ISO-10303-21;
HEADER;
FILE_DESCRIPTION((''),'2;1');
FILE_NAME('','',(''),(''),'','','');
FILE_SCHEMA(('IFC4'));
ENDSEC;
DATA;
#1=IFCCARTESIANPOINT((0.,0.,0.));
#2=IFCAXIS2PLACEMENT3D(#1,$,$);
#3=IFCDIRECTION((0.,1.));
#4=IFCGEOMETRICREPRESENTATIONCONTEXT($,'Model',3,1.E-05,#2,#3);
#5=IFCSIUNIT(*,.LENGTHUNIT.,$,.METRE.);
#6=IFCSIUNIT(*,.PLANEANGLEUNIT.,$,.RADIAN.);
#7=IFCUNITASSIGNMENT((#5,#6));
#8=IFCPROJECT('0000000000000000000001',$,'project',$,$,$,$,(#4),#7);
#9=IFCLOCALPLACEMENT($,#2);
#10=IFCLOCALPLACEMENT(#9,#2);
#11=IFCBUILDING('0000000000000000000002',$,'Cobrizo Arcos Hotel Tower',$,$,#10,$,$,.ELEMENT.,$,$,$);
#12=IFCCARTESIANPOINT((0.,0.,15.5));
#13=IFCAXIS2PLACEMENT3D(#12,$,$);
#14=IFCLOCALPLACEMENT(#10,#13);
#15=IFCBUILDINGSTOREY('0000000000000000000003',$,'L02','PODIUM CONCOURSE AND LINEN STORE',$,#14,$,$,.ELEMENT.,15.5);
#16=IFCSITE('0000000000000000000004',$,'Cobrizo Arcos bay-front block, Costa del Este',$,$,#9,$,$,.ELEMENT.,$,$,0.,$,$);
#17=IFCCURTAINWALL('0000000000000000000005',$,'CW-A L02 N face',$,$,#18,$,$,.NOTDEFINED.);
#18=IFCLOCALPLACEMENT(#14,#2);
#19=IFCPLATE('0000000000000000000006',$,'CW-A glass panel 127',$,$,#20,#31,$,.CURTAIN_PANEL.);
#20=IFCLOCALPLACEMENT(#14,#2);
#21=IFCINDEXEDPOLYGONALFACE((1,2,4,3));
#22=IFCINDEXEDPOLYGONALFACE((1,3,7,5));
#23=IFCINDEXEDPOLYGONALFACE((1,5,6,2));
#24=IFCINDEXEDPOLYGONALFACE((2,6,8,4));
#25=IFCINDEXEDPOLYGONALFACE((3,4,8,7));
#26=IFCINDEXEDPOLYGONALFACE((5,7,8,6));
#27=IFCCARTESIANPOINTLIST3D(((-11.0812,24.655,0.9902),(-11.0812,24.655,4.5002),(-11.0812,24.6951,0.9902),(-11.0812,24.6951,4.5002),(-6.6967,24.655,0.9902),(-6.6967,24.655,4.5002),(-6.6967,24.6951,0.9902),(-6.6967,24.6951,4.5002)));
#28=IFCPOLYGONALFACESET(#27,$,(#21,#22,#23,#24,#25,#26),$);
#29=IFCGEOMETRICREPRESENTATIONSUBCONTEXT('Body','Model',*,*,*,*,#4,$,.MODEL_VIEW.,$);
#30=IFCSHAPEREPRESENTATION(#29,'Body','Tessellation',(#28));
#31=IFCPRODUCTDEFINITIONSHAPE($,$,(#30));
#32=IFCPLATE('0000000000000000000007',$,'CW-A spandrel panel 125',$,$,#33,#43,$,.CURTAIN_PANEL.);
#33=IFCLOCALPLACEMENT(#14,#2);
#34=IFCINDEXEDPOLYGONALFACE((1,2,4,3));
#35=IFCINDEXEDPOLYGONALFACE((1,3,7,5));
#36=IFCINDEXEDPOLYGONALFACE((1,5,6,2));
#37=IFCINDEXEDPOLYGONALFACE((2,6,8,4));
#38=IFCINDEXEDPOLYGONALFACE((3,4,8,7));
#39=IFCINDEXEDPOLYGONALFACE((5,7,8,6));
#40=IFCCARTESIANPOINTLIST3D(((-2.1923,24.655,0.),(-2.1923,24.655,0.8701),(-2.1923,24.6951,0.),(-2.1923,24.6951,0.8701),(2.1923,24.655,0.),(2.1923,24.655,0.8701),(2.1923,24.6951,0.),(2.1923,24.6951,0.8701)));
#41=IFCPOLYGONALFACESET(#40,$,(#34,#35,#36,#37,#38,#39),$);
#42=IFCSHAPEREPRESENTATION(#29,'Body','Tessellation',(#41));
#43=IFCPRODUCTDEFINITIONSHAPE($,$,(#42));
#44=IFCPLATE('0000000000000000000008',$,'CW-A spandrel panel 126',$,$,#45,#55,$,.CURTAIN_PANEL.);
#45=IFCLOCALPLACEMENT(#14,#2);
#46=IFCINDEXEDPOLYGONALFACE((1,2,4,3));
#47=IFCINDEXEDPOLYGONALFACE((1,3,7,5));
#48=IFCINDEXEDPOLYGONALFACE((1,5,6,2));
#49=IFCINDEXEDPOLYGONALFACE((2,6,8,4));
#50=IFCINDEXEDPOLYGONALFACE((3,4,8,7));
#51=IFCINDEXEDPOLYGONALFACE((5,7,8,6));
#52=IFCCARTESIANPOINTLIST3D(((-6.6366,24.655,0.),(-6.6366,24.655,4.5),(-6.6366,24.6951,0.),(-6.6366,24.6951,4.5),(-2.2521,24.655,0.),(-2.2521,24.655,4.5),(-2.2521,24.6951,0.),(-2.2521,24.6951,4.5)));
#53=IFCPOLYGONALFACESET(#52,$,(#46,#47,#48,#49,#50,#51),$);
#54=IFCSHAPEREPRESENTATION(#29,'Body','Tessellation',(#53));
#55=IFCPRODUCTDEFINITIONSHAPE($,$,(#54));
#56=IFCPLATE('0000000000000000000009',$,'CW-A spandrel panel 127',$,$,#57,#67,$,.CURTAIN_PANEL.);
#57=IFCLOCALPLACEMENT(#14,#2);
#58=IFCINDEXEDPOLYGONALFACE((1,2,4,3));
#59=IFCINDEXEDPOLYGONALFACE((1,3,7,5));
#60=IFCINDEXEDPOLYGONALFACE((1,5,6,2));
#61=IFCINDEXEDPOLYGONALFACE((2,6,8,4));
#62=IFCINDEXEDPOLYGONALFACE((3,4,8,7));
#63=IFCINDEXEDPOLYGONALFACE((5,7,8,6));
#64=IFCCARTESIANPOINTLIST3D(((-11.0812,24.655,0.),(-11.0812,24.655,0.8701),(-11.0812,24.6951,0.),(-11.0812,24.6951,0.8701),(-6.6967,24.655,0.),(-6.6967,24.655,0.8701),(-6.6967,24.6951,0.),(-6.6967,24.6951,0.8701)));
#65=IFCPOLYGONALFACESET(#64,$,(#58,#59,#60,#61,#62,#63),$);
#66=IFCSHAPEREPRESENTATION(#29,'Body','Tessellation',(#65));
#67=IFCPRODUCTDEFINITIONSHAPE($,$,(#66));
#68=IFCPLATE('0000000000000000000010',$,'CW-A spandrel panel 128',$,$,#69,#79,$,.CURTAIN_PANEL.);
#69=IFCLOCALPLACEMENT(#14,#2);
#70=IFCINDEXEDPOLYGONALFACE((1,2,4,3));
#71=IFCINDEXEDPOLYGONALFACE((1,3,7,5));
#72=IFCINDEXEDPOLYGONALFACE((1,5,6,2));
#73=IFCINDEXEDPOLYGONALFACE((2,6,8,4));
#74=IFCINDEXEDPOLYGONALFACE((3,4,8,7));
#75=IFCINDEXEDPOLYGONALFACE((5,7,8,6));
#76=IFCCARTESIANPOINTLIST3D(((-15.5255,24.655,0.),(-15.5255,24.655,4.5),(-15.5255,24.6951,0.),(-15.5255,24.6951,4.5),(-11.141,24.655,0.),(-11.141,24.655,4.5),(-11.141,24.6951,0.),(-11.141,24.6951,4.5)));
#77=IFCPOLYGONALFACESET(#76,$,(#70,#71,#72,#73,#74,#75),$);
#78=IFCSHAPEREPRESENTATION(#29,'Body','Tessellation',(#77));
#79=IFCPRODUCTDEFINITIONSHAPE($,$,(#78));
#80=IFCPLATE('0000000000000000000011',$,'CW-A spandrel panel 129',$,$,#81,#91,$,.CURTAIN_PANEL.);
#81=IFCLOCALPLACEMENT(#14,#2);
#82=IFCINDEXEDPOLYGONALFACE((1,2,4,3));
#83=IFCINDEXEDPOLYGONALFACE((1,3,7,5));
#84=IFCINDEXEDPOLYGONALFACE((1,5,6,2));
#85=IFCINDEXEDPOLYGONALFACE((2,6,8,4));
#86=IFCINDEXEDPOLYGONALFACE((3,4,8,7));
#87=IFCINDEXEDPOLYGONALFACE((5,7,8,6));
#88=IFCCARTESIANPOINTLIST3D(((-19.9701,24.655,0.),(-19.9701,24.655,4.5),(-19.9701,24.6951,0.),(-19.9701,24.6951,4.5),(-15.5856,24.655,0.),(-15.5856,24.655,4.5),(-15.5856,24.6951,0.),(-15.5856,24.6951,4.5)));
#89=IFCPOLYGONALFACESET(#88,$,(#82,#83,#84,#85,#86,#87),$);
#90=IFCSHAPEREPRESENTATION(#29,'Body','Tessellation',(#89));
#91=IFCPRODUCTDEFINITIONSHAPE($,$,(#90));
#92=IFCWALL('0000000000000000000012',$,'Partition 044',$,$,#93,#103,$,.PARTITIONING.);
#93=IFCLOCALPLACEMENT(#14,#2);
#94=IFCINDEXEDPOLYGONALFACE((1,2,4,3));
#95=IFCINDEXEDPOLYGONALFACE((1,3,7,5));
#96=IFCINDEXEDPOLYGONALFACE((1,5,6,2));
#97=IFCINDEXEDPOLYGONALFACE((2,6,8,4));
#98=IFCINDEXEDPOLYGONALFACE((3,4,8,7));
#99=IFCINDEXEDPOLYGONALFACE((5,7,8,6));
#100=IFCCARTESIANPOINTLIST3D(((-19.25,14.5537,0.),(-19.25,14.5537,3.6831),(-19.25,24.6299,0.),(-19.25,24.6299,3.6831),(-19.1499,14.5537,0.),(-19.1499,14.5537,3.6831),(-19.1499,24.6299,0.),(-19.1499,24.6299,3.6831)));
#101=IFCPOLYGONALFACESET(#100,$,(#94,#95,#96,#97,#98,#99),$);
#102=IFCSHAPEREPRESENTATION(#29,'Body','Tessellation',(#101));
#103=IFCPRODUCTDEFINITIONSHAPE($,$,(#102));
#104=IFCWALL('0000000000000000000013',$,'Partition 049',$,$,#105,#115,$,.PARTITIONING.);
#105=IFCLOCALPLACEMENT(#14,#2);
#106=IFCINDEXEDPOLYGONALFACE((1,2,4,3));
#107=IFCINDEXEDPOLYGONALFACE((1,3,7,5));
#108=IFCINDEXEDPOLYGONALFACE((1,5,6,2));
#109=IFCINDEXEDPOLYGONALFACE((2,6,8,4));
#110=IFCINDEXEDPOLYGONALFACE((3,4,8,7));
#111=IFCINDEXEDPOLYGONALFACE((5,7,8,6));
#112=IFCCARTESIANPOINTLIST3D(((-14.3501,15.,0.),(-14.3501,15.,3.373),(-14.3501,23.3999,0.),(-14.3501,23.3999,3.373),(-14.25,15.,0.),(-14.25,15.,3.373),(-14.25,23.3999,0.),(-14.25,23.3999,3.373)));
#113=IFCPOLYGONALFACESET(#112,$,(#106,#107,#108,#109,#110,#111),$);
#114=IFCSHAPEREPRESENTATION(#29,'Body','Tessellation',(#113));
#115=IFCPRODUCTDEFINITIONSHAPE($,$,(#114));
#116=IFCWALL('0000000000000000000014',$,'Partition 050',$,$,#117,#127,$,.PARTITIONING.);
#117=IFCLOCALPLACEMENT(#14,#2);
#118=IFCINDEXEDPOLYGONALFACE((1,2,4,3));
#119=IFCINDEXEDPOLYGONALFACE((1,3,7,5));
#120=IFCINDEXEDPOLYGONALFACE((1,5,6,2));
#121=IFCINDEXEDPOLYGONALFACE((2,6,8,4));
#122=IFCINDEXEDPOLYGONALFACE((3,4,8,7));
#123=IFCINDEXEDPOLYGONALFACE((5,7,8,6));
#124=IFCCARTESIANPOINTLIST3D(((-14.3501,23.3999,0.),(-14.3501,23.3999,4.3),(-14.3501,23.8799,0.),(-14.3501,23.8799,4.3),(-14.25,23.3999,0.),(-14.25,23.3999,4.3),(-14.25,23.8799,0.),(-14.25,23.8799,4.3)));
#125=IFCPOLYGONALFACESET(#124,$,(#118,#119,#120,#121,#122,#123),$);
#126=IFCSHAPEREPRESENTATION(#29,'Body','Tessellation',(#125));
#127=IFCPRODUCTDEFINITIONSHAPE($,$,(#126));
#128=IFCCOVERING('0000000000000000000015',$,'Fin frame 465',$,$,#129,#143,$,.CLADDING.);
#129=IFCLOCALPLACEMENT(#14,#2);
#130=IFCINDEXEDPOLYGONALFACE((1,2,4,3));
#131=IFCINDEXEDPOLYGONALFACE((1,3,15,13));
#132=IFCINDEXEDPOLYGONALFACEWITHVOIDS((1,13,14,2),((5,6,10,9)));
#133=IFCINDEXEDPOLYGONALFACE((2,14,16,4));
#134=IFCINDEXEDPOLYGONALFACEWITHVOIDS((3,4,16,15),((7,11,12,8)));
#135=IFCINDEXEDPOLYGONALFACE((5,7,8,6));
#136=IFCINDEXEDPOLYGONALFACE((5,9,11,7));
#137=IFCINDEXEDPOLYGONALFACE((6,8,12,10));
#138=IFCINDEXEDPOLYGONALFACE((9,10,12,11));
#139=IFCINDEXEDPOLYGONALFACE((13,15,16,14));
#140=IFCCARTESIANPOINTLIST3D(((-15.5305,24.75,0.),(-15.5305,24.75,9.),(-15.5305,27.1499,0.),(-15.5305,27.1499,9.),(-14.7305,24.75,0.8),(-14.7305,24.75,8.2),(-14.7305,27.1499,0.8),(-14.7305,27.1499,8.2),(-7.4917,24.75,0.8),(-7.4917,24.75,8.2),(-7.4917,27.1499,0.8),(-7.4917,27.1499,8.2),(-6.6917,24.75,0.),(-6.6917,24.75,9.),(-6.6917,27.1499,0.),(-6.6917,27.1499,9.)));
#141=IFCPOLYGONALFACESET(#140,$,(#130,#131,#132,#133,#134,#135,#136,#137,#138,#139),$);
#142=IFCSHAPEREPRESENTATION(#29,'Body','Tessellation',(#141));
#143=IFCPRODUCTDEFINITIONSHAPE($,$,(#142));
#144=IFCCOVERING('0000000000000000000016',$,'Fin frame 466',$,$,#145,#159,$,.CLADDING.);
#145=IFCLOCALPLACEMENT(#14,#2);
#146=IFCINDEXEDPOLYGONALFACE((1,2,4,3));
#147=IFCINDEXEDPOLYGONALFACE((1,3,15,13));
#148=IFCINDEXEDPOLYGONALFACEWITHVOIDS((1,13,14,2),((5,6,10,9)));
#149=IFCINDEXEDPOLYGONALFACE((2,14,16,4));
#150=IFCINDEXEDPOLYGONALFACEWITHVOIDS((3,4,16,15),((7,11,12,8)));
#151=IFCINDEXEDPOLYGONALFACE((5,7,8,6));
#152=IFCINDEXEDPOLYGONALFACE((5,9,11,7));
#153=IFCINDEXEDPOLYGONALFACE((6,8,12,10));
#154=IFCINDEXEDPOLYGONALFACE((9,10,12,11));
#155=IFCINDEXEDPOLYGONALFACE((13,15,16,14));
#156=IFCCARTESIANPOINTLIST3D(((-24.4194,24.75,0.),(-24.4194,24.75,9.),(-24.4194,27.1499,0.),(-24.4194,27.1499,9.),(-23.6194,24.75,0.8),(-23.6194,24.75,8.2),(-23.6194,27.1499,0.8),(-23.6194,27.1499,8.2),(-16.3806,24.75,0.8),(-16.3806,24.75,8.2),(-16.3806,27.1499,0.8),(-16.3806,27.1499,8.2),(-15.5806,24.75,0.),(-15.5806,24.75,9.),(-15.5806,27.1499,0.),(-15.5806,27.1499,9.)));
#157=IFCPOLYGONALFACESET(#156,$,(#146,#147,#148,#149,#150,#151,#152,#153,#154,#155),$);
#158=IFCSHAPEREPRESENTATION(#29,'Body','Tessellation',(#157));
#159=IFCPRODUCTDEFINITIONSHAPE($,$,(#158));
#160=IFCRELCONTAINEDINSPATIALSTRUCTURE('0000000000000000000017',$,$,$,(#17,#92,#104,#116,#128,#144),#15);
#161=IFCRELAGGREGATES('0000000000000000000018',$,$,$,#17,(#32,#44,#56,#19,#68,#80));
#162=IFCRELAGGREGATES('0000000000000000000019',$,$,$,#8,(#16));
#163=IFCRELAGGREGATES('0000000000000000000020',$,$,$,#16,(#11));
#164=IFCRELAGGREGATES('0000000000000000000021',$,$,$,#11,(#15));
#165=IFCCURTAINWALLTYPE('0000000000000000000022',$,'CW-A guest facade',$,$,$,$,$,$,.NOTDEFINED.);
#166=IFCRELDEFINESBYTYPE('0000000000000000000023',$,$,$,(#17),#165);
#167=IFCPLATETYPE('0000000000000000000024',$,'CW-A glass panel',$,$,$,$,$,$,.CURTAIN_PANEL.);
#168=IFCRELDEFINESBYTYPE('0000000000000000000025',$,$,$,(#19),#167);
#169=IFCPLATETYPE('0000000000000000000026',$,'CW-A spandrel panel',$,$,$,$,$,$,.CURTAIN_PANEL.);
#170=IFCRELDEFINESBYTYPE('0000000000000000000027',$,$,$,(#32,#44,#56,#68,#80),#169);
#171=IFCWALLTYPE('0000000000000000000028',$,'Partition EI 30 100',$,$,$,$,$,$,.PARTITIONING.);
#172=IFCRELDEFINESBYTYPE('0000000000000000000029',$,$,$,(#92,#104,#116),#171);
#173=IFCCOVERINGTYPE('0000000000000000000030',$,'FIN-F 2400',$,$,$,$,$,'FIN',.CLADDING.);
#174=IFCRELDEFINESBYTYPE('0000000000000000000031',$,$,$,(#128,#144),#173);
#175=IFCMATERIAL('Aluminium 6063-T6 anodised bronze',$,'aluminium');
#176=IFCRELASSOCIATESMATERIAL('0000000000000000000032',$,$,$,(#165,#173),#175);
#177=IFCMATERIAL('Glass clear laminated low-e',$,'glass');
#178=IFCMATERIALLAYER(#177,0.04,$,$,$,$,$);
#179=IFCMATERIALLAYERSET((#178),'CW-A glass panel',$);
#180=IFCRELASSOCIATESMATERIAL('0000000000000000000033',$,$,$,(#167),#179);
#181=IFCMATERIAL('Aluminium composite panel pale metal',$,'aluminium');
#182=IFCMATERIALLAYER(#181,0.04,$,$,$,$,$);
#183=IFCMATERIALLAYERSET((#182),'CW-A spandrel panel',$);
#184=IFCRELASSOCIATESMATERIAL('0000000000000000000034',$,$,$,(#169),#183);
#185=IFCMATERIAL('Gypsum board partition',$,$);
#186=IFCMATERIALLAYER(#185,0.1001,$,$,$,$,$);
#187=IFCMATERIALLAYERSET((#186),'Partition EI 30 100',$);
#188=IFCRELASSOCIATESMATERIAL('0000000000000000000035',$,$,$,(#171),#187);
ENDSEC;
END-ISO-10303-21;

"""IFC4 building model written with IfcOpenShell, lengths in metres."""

from ifc_helpers import new_model, si_unit, direction, frame, frame_2d, origin, origin_2d, place, context, subcontext, project, spatial, polyline, rectangle, outline, extrude, material, layer, layer_set, type_object, element, aggregate, save


model = new_model("IFC4")

# Units and contexts
model_context = context("Model", 3, precision=1e-05, world=origin(), true_north=direction((0.0, 1.0)))
body_context = subcontext(model_context, "Body", "Model", "MODEL_VIEW")
ifc_project = project(units=[si_unit("LENGTHUNIT", "METRE"), si_unit("PLANEANGLEUNIT", "RADIAN")], contexts=[model_context])

# Site, building, storey
site_placement = place(None, origin())
site = spatial("IfcSite", under=ifc_project, at=site_placement, Name="Cobrizo Arcos bay-front block, Costa del Este", CompositionType="ELEMENT", RefElevation=0.0)
building_placement = place(site_placement, origin())
building = spatial("IfcBuilding", under=site, at=building_placement, Name="Cobrizo Arcos Hotel Tower", CompositionType="ELEMENT")
storey_placement = place(building_placement, frame((0.0, 0.0, 15.5)))
storey = spatial("IfcBuildingStorey", under=building, at=storey_placement, Name="L02", Description="PODIUM CONCOURSE AND LINEN STORE", CompositionType="ELEMENT", Elevation=15.5)

# Curtain wall
ifc_material_1 = material(Name="Aluminium 6063-T6 anodised bronze", Category="aluminium")
curtain_wall_type = type_object("IfcCurtainWallType", Name="CW-A guest facade", PredefinedType="NOTDEFINED", material=ifc_material_1)
curtain_wall_placement = place(storey_placement, origin())
curtain_wall = element("IfcCurtainWall", 1, at=curtain_wall_placement, inside=storey, type_object=curtain_wall_type, Name="CW-A L02 N face", PredefinedType="NOTDEFINED")

# Plates
ifc_material_2 = material(Name="Glass clear laminated low-e", Category="glass")
ifc_layer_1 = layer(ifc_material_2, 0.04)
ifc_layer_set_1 = layer_set([ifc_layer_1], Name="CW-A glass panel")
plate_type_1 = type_object("IfcPlateType", Name="CW-A glass panel", PredefinedType="CURTAIN_PANEL", material=ifc_layer_set_1)
plate_1_placement = place(storey_placement, frame((-8.8889, 24.675, 0.9902), z_axis=(0.0, 0.0, 1.0), x_axis=(-1.0, 0.0, 0.0)))
plate_1 = element("IfcPlate", 2, at=plate_1_placement, type_object=plate_type_1, Name="CW-A glass panel 127", PredefinedType="CURTAIN_PANEL", context=body_context, shape_type="SweptSolid", body=[
    extrude(rectangle(XDim=4.3845, YDim=0.04, at=origin_2d()), origin(), (0.0, 0.0, 1.0), 3.51),
])
ifc_material_3 = material(Name="Aluminium composite panel pale metal", Category="aluminium")
ifc_layer_2 = layer(ifc_material_3, 0.04)
ifc_layer_set_2 = layer_set([ifc_layer_2], Name="CW-A spandrel panel")
plate_type_2 = type_object("IfcPlateType", Name="CW-A spandrel panel", PredefinedType="CURTAIN_PANEL", material=ifc_layer_set_2)
plate_2_placement = place(storey_placement, frame((0.0, 24.675, 0.0), z_axis=(0.0, 0.0, 1.0), x_axis=(-1.0, 0.0, 0.0)))
plate_2 = element("IfcPlate", 3, at=plate_2_placement, type_object=plate_type_2, Name="CW-A spandrel panel 125", PredefinedType="CURTAIN_PANEL", context=body_context, shape_type="SweptSolid", body=[
    extrude(rectangle(XDim=4.3845, YDim=0.04, at=origin_2d()), origin(), (0.0, 0.0, 1.0), 0.8701),
])
plate_3_placement = place(storey_placement, frame((-4.4443, 24.675, 0.0), z_axis=(0.0, 0.0, 1.0), x_axis=(-1.0, 0.0, 0.0)))
plate_3 = element("IfcPlate", 4, at=plate_3_placement, type_object=plate_type_2, Name="CW-A spandrel panel 126", PredefinedType="CURTAIN_PANEL", context=body_context, shape_type="SweptSolid", body=[
    extrude(rectangle(XDim=4.3845, YDim=0.04, at=origin_2d()), origin(), (0.0, 0.0, 1.0), 4.5),
])
plate_4_placement = place(storey_placement, frame((-8.8889, 24.675, 0.0), z_axis=(0.0, 0.0, 1.0), x_axis=(-1.0, 0.0, 0.0)))
plate_4 = element("IfcPlate", 5, at=plate_4_placement, type_object=plate_type_2, Name="CW-A spandrel panel 127", PredefinedType="CURTAIN_PANEL", context=body_context, shape_type="SweptSolid", body=[
    extrude(rectangle(XDim=4.3845, YDim=0.04, at=origin_2d()), origin(), (0.0, 0.0, 1.0), 0.8701),
])
plate_5_placement = place(storey_placement, frame((-13.3333, 24.675, 0.0), z_axis=(0.0, 0.0, 1.0), x_axis=(-1.0, 0.0, 0.0)))
plate_5 = element("IfcPlate", 6, at=plate_5_placement, type_object=plate_type_2, Name="CW-A spandrel panel 128", PredefinedType="CURTAIN_PANEL", context=body_context, shape_type="SweptSolid", body=[
    extrude(rectangle(XDim=4.3845, YDim=0.04, at=origin_2d()), origin(), (0.0, 0.0, 1.0), 4.5),
])
plate_6_placement = place(storey_placement, frame((-17.7778, 24.675, 0.0), z_axis=(0.0, 0.0, 1.0), x_axis=(-1.0, 0.0, 0.0)))
plate_6 = element("IfcPlate", 7, at=plate_6_placement, type_object=plate_type_2, Name="CW-A spandrel panel 129", PredefinedType="CURTAIN_PANEL", context=body_context, shape_type="SweptSolid", body=[
    extrude(rectangle(XDim=4.3845, YDim=0.04, at=origin_2d()), origin(), (0.0, 0.0, 1.0), 4.5),
])
aggregate(curtain_wall, [plate_2, plate_3, plate_4, plate_1, plate_5, plate_6])

# Walls
ifc_material_4 = material(Name="Gypsum board partition")
ifc_layer_3 = layer(ifc_material_4, 0.1001)
ifc_layer_set_3 = layer_set([ifc_layer_3], Name="Partition EI 30 100")
wall_type = type_object("IfcWallType", Name="Partition EI 30 100", PredefinedType="PARTITIONING", material=ifc_layer_set_3)
wall_1_placement = place(storey_placement, frame((-19.2, 14.5537, 0.0), z_axis=(0.0, 0.0, 1.0), x_axis=(0.0, 1.0, 0.0)))
element("IfcWall", 8, at=wall_1_placement, inside=storey, type_object=wall_type, Name="Partition 044", PredefinedType="PARTITIONING", context=body_context, shape_type="SweptSolid", body=[
    extrude(rectangle(XDim=10.0762, YDim=0.1001, at=frame_2d((5.0381, 0.0))), origin(), (0.0, 0.0, 1.0), 3.6831),
])
wall_2_placement = place(storey_placement, frame((-14.3, 15.0, 0.0), z_axis=(0.0, 0.0, 1.0), x_axis=(0.0, 1.0, 0.0)))
element("IfcWall", 9, at=wall_2_placement, inside=storey, type_object=wall_type, Name="Partition 049", PredefinedType="PARTITIONING", context=body_context, shape_type="SweptSolid", body=[
    extrude(rectangle(XDim=8.3999, YDim=0.1001, at=frame_2d((4.2, 0.0))), origin(), (0.0, 0.0, 1.0), 3.373),
])
wall_3_placement = place(storey_placement, frame((-14.3, 23.3999, 0.0), z_axis=(0.0, 0.0, 1.0), x_axis=(0.0, 1.0, 0.0)))
element("IfcWall", 10, at=wall_3_placement, inside=storey, type_object=wall_type, Name="Partition 050", PredefinedType="PARTITIONING", context=body_context, shape_type="SweptSolid", body=[
    extrude(rectangle(XDim=0.48, YDim=0.1001, at=frame_2d((0.24, 0.0))), origin(), (0.0, 0.0, 1.0), 4.3),
])

# Coverings
covering_type = type_object("IfcCoveringType", Name="FIN-F 2400", ElementType="FIN", PredefinedType="CLADDING", material=ifc_material_1)
for number, where, z_axis, x_axis, name in (
    (11, (-6.6917, 24.75, 0.0), (0.0, 1.0, 0.0), (-1.0, 0.0, 0.0), "Fin frame 465"),
    (12, (-15.5806, 24.75, 0.0), (0.0, 1.0, 0.0), (-1.0, 0.0, 0.0), "Fin frame 466"),
):
    element("IfcCovering", number, at=place(storey_placement, frame(where, z_axis=z_axis, x_axis=x_axis)), inside=storey, type_object=covering_type, Name=name, PredefinedType="CLADDING", context=body_context, shape_type="SweptSolid", body=[
        extrude(outline(polyline([(0.0, 9.0), (0.0, 0.0), (8.8389, 0.0), (8.8389, 9.0), (0.0, 9.0)]), holes=[polyline([(8.0388, 0.8), (0.8, 0.8), (0.8, 8.2), (8.0388, 8.2), (8.0388, 0.8)])]), origin(), (0.0, 0.0, 1.0), 2.3999),
    ])

save(model, "model.ifc")
